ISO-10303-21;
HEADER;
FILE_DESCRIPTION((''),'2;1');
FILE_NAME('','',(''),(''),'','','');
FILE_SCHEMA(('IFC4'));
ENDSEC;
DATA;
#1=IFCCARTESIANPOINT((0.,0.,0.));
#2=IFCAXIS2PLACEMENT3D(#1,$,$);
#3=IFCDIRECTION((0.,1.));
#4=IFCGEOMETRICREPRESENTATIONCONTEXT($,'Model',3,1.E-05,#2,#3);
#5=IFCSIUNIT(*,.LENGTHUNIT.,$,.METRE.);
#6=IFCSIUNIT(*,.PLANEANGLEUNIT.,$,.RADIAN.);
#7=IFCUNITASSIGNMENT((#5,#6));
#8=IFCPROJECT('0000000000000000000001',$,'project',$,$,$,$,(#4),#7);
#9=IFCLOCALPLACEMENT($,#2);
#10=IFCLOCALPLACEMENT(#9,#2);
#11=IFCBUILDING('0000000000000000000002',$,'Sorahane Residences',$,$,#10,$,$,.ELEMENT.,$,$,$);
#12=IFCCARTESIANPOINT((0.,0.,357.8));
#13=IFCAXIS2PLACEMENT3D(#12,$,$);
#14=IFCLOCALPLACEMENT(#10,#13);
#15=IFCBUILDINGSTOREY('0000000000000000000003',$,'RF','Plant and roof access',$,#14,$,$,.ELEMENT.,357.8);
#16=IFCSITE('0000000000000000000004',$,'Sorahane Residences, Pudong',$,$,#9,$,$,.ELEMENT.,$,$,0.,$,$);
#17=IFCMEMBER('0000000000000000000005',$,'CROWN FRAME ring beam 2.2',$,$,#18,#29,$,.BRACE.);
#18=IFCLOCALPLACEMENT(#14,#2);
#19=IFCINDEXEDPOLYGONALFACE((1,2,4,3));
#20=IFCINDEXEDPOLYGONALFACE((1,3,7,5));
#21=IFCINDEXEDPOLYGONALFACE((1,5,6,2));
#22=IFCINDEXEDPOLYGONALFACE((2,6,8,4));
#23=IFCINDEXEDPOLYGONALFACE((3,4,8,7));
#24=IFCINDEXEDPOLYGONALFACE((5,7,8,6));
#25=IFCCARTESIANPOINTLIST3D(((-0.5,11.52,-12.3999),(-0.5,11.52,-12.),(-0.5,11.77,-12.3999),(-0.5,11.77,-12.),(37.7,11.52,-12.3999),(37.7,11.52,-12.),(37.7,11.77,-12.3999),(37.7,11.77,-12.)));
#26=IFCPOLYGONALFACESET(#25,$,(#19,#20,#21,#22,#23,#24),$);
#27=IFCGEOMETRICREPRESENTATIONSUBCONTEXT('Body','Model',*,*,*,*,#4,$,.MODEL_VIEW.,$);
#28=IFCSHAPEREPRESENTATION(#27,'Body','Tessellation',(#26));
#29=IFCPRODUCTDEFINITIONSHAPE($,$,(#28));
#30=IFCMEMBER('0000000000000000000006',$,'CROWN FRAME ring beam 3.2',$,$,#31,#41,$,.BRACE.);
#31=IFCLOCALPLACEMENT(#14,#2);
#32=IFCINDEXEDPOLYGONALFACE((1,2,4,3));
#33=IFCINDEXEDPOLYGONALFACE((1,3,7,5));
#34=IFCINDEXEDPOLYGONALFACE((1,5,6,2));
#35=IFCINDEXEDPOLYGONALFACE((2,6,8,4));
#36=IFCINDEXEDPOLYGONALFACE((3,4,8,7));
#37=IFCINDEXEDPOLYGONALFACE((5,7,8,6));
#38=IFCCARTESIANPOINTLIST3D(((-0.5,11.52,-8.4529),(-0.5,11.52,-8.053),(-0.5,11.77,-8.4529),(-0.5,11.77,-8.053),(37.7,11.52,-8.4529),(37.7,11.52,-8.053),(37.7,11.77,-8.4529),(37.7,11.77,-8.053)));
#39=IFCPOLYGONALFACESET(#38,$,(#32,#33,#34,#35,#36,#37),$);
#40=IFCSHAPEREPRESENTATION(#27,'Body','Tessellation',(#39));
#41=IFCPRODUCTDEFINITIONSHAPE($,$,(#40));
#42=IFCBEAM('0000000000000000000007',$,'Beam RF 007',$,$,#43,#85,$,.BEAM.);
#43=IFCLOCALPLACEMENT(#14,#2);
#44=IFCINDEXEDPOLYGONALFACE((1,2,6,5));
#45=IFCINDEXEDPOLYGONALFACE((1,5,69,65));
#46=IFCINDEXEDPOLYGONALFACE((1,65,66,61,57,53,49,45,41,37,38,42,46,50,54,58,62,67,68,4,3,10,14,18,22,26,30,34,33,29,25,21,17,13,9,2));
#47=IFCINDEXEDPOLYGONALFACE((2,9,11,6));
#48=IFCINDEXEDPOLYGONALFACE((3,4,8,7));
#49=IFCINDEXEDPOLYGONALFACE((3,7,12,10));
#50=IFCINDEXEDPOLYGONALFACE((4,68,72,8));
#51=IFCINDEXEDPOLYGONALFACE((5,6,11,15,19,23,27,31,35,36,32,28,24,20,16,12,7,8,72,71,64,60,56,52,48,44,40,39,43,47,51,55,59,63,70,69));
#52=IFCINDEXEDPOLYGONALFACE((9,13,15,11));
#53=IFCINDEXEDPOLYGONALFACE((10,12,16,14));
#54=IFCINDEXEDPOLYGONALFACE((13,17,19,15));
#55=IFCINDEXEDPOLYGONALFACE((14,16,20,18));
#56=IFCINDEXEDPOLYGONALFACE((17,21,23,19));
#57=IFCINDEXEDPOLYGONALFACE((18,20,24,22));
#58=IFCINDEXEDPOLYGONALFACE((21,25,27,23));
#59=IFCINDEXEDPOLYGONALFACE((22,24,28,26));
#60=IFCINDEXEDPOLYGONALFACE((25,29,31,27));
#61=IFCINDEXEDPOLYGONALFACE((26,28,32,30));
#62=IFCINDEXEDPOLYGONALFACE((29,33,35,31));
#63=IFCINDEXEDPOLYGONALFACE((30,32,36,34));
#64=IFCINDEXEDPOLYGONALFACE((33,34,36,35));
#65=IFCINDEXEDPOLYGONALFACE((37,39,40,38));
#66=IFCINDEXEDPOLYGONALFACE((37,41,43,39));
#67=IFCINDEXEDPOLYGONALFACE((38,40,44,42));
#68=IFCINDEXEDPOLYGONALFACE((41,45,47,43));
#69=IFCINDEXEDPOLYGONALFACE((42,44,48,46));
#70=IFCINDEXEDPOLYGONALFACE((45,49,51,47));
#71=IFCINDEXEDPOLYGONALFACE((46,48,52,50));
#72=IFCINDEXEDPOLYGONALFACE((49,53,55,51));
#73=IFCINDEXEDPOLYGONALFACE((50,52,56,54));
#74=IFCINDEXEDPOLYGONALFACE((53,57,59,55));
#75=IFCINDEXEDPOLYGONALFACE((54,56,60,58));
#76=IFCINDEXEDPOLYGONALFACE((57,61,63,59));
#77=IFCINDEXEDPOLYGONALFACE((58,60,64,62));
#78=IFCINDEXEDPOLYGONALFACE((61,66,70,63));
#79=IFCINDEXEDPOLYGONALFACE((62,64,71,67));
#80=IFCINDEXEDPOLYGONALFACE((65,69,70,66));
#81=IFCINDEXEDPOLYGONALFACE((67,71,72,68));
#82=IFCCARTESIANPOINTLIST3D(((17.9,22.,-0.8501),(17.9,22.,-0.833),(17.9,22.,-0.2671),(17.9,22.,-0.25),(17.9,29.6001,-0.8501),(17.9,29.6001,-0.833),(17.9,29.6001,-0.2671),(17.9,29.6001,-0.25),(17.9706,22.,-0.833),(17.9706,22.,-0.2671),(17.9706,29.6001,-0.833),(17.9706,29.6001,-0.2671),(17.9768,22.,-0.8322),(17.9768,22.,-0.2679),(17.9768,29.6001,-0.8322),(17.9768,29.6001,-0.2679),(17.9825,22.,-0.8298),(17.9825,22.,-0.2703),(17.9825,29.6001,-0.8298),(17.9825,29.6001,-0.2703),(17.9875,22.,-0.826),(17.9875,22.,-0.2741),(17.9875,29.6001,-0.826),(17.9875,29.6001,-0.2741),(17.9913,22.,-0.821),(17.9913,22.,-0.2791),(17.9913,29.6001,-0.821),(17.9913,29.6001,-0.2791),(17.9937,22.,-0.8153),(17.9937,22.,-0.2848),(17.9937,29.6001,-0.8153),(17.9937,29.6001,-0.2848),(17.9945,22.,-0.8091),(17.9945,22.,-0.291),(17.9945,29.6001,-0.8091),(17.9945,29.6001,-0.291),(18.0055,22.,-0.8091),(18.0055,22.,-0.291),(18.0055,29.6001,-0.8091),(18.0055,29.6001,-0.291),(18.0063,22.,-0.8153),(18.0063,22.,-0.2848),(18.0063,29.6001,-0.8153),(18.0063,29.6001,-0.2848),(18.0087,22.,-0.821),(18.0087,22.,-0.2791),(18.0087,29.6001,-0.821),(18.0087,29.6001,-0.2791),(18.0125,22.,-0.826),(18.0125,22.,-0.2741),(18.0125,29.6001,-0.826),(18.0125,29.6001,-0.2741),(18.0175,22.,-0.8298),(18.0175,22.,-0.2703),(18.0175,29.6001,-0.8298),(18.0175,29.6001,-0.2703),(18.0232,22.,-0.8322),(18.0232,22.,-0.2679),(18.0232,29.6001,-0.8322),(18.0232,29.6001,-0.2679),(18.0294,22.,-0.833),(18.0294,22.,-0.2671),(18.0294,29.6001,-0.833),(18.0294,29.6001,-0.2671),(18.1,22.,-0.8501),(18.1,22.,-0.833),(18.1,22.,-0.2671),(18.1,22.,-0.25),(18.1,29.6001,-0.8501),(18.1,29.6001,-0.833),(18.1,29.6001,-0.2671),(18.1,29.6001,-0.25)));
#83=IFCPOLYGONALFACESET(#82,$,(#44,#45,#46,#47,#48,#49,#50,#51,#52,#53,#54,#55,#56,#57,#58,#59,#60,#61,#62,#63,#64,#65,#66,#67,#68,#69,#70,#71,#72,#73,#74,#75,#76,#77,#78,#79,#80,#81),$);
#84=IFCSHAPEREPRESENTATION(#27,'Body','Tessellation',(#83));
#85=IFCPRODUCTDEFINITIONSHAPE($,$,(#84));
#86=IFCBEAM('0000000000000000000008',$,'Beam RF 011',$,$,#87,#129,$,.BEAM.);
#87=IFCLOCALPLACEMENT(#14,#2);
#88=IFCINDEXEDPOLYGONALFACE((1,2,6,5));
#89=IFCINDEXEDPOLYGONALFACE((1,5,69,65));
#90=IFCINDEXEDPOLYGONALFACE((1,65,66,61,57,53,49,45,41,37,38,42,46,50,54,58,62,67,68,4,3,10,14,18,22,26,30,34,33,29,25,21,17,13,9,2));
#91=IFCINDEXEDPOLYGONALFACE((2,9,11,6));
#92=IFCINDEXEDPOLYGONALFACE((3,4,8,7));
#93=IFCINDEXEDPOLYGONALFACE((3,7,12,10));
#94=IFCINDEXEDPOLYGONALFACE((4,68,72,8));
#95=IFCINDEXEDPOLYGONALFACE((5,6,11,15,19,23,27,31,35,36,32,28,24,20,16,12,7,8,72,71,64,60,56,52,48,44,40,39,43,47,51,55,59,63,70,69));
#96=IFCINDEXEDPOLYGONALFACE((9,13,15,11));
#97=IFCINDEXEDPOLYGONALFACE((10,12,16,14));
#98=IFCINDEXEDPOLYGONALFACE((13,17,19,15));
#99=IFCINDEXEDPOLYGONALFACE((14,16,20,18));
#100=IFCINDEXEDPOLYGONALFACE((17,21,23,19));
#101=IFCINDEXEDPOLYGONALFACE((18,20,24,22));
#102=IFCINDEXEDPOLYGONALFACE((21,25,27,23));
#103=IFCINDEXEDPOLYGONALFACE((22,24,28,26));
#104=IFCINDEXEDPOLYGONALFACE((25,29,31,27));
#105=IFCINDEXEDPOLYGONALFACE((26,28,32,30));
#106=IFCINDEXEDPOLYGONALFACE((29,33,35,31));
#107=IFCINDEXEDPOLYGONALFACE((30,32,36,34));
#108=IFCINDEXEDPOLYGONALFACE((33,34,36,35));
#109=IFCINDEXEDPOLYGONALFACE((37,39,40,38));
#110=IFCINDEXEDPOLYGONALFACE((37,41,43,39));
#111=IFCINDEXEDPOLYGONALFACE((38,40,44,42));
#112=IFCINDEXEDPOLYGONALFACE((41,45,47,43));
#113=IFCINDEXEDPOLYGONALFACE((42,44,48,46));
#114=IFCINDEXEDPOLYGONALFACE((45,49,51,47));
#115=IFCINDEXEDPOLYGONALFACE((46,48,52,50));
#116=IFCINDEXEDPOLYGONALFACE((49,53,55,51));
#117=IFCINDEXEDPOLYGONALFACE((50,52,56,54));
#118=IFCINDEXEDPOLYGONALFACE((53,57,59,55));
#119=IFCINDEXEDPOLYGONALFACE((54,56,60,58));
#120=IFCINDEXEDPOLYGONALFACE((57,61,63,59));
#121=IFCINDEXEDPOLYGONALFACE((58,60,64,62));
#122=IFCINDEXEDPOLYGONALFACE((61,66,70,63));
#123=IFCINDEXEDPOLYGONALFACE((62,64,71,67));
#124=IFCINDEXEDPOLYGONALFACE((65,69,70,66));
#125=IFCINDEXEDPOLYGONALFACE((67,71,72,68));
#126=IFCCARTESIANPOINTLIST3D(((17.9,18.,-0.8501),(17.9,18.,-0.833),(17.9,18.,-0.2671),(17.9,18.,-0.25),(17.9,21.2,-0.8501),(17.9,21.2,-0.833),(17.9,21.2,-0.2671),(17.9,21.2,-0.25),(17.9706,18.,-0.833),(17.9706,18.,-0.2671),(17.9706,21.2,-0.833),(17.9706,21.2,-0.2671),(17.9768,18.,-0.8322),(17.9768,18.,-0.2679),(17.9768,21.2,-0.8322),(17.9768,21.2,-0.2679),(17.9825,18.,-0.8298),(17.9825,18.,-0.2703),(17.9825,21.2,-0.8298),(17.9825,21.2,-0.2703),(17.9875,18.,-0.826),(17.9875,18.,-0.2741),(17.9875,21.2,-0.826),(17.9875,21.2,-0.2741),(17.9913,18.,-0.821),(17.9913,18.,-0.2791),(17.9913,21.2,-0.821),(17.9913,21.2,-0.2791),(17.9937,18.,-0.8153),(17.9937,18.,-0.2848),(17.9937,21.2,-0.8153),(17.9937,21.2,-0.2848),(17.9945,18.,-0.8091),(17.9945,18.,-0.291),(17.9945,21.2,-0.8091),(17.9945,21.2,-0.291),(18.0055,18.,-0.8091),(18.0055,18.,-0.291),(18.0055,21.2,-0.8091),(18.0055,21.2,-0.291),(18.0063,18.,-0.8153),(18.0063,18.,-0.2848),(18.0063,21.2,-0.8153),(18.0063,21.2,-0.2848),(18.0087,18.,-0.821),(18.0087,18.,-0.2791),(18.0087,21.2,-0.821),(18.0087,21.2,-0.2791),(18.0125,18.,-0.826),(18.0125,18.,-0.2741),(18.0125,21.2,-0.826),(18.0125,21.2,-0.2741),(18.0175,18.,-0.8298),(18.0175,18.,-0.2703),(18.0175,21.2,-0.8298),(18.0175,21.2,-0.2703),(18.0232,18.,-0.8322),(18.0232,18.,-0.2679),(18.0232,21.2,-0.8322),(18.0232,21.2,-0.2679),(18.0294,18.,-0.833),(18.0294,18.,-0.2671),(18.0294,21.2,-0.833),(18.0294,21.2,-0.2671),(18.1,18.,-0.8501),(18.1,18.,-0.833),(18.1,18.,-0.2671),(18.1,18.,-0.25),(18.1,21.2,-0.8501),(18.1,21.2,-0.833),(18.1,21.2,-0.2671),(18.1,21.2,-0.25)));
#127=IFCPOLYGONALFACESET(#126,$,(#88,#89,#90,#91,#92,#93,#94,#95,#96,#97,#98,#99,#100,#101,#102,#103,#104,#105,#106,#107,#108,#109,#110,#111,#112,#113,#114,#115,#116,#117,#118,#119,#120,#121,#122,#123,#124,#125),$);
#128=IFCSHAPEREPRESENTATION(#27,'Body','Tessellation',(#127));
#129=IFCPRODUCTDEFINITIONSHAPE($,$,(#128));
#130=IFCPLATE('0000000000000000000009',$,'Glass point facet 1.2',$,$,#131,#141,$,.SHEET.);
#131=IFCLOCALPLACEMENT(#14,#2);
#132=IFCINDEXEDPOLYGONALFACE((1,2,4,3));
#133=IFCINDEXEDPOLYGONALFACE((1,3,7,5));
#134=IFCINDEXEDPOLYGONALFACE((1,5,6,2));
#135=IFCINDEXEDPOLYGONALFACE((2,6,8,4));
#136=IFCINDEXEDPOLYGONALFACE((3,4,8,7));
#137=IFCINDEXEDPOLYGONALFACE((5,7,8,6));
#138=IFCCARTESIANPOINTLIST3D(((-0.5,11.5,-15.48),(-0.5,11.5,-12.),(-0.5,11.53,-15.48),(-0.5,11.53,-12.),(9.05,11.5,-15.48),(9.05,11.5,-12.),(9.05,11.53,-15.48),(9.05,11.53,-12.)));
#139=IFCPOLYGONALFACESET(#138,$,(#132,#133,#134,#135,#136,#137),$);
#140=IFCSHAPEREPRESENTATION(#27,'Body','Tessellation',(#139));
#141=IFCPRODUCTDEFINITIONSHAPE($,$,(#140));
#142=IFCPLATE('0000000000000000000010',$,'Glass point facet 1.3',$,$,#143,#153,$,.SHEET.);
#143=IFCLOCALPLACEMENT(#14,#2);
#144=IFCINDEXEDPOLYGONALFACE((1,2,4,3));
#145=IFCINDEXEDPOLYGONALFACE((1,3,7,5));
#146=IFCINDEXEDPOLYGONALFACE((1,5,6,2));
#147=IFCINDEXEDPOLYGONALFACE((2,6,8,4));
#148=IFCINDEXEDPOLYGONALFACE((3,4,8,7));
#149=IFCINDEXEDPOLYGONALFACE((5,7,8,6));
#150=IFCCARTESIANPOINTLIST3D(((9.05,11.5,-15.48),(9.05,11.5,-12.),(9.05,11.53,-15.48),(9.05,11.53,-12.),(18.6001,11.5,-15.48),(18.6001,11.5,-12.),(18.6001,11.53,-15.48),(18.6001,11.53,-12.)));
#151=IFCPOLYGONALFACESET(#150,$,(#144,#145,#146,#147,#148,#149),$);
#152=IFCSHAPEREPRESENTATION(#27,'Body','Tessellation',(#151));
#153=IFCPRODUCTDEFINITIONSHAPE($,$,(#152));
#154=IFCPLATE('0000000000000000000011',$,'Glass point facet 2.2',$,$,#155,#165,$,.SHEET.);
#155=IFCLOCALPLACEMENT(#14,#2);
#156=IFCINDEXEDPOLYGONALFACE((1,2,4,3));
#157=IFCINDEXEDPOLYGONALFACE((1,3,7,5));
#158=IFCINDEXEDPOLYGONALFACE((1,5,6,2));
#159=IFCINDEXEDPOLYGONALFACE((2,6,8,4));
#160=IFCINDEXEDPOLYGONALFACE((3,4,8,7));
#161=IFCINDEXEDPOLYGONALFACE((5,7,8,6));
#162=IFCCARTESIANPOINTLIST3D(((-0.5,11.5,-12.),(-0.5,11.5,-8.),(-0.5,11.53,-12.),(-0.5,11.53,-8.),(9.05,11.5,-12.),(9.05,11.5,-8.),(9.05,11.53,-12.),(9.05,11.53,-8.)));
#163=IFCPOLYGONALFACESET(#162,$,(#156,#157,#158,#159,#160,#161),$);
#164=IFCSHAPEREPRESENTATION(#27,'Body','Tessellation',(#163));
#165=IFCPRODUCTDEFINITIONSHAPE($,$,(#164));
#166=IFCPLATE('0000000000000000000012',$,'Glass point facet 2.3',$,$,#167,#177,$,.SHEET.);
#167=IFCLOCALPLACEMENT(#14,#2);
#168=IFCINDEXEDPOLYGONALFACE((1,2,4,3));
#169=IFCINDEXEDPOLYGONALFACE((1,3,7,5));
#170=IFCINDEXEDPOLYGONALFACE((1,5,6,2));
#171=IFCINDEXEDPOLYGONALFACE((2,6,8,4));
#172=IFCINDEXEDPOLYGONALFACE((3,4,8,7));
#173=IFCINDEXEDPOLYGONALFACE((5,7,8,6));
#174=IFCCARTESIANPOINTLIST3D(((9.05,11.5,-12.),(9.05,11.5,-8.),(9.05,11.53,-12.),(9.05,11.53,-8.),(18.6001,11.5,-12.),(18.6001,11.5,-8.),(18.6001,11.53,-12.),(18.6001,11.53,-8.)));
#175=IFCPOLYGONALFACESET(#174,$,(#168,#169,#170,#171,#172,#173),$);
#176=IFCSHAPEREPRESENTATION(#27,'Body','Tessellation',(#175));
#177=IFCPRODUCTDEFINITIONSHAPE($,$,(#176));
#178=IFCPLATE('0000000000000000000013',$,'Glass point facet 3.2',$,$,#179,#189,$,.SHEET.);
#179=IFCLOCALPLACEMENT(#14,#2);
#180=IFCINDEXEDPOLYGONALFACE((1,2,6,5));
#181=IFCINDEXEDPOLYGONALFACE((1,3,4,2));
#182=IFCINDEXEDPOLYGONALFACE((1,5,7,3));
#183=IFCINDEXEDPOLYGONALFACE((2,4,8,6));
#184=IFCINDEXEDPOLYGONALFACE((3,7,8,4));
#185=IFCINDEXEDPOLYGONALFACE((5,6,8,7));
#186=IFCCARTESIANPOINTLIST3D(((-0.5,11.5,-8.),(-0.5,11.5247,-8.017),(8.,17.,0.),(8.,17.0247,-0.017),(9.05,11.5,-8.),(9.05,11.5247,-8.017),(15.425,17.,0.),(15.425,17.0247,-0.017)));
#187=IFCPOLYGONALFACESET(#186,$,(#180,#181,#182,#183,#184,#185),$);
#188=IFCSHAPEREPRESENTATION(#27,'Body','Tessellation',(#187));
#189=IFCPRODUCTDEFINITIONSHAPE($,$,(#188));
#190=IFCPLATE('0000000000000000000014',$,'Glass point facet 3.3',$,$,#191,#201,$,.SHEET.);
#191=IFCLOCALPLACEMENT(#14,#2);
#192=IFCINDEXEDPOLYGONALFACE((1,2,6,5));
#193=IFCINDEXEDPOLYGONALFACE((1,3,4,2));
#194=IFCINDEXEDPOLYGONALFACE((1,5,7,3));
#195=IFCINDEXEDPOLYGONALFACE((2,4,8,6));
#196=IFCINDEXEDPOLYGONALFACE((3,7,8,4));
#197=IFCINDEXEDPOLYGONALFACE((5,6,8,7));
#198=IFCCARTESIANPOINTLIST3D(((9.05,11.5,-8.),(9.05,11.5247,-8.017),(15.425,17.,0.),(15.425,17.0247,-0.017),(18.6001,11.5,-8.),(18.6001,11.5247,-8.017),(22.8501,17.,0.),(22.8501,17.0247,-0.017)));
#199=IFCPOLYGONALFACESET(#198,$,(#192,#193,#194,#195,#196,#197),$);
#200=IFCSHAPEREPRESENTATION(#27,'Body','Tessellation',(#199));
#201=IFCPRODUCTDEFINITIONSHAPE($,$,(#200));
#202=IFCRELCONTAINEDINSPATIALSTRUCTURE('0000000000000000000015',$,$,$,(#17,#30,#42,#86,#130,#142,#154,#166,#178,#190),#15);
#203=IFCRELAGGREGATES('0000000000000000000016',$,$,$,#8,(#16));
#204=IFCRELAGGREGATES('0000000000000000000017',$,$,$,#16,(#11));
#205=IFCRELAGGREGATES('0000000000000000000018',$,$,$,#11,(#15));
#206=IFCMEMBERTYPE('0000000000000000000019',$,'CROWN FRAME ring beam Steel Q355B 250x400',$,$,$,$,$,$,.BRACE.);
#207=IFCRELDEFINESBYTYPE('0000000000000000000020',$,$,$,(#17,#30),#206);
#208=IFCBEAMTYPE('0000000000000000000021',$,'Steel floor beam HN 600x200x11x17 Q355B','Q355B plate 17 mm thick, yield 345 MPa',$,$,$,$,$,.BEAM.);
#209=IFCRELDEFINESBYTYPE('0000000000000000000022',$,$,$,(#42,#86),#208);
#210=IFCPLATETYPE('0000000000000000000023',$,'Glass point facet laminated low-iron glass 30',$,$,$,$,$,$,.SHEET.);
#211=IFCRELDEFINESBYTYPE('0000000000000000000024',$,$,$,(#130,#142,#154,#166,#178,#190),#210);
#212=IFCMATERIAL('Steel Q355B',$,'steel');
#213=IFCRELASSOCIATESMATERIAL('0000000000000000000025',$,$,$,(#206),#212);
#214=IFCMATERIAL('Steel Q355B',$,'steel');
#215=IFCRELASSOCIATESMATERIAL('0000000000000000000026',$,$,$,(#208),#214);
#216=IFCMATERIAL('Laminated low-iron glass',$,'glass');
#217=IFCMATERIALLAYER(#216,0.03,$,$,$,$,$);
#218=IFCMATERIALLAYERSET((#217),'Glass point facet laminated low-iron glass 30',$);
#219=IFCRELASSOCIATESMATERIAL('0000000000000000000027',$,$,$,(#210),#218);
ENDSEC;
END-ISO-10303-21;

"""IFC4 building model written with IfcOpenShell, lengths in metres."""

from ifc_helpers import new_model, si_unit, direction, frame, origin, origin_2d, place, context, subcontext, project, spatial, polyline, rectangle, i_section, outline, extrude, material, layer, layer_set, material_profile, profile_set, type_object, element, save


model = new_model("IFC4")

# Units and contexts
model_context = context("Model", 3, precision=1e-05, world=origin(), true_north=direction((0.0, 1.0)))
body_context = subcontext(model_context, "Body", "Model", "MODEL_VIEW")
ifc_project = project(units=[si_unit("LENGTHUNIT", "METRE"), si_unit("PLANEANGLEUNIT", "RADIAN")], contexts=[model_context])

# Site, building, storey
site_placement = place(None, origin())
site = spatial("IfcSite", under=ifc_project, at=site_placement, Name="Sorahane Residences, Pudong", CompositionType="ELEMENT", RefElevation=0.0)
building_placement = place(site_placement, origin())
building = spatial("IfcBuilding", under=site, at=building_placement, Name="Sorahane Residences", CompositionType="ELEMENT")
storey_placement = place(building_placement, frame((0.0, 0.0, 357.8)))
storey = spatial("IfcBuildingStorey", under=building, at=storey_placement, Name="RF", Description="Plant and roof access", CompositionType="ELEMENT", Elevation=357.8)

# Members
ifc_material_1 = material(Name="Steel Q355B", Category="steel")
ifc_material_profile_1 = material_profile(ifc_material_1, rectangle(XDim=0.25, YDim=0.3999, at=origin_2d()), Name="CROWN FRAME ring beam Steel Q355B 250x400")
ifc_profile_set_1 = profile_set([ifc_material_profile_1], Name="Steel Q355B")
member_type_1 = type_object("IfcMemberType", Name="CROWN FRAME ring beam Steel Q355B 250x400", PredefinedType="BRACE", material=ifc_profile_set_1)
for number, where, z_axis, x_axis, name in (
    (1, (-0.5, 11.645, -12.2), (1.0, 0.0, 0.0), (0.0, 1.0, 0.0), "CROWN FRAME ring beam 2.2"),
    (2, (-0.5, 11.645, -8.2529), (1.0, 0.0, 0.0), (0.0, 1.0, 0.0), "CROWN FRAME ring beam 3.2"),
):
    element("IfcMember", number, at=place(storey_placement, frame(where, z_axis=z_axis, x_axis=x_axis)), inside=storey, type_object=member_type_1, Name=name, PredefinedType="BRACE", context=body_context, shape_type="SweptSolid", body=[
        extrude(rectangle(XDim=0.25, YDim=0.3999, at=origin_2d()), origin(), (0.0, 0.0, 1.0), 38.2),
    ])

# Beams
ifc_material_2 = material(Name="Steel Q355B", Category="steel")
ifc_material_profile_2 = material_profile(ifc_material_2, i_section(OverallWidth=0.2, OverallDepth=0.6001, WebThickness=0.011, FlangeThickness=0.0171, FilletRadius=0.0239, at=origin_2d()), Name="HN 600x200x11x17")
ifc_profile_set_2 = profile_set([ifc_material_profile_2], Name="Steel Q355B")
beam_type = type_object("IfcBeamType", Name="Steel floor beam HN 600x200x11x17 Q355B", Description="Q355B plate 17 mm thick, yield 345 MPa", PredefinedType="BEAM", material=ifc_profile_set_2)
beam_1_placement = place(storey_placement, frame((18.0, 22.0, -0.55), z_axis=(0.0, 1.0, 0.0), x_axis=(-1.0, 0.0, 0.0)))
element("IfcBeam", 3, at=beam_1_placement, inside=storey, type_object=beam_type, Name="Beam RF 007", PredefinedType="BEAM", context=body_context, shape_type="SweptSolid", body=[
    extrude(i_section(OverallWidth=0.2, OverallDepth=0.6001, WebThickness=0.011, FlangeThickness=0.0171, FilletRadius=0.0239, at=origin_2d()), origin(), (0.0, 0.0, 1.0), 7.6001),
])
beam_2_placement = place(storey_placement, frame((18.0, 18.0, -0.55), z_axis=(0.0, 1.0, 0.0), x_axis=(-1.0, 0.0, 0.0)))
element("IfcBeam", 4, at=beam_2_placement, inside=storey, type_object=beam_type, Name="Beam RF 011", PredefinedType="BEAM", context=body_context, shape_type="SweptSolid", body=[
    extrude(i_section(OverallWidth=0.2, OverallDepth=0.6001, WebThickness=0.011, FlangeThickness=0.0171, FilletRadius=0.0239, at=origin_2d()), origin(), (0.0, 0.0, 1.0), 3.2),
])

# Plates
ifc_material_3 = material(Name="Laminated low-iron glass", Category="glass")
ifc_layer = layer(ifc_material_3, 0.03)
ifc_layer_set = layer_set([ifc_layer], Name="Glass point facet laminated low-iron glass 30")
plate_type = type_object("IfcPlateType", Name="Glass point facet laminated low-iron glass 30", PredefinedType="SHEET", material=ifc_layer_set)
for number, where, z_axis, x_axis, name in (
    (5, (-0.5, 11.5, -15.48), (0.0, -1.0, 0.0), (1.0, 0.0, 0.0), "Glass point facet 1.2"),
    (6, (9.05, 11.5, -15.48), (0.0, -1.0, 0.0), (1.0, 0.0, 0.0), "Glass point facet 1.3"),
):
    element("IfcPlate", number, at=place(storey_placement, frame(where, z_axis=z_axis, x_axis=x_axis)), inside=storey, type_object=plate_type, Name=name, PredefinedType="SHEET", context=body_context, shape_type="SweptSolid", body=[
        extrude(outline(polyline([(0.0, 0.0), (9.55, 0.0), (9.55, 3.48), (0.0, 3.48), (0.0, 0.0)])), origin(), (0.0, 0.0, -1.0), 0.03),
    ])
for number, where, z_axis, x_axis, name in (
    (7, (-0.5, 11.5, -12.0), (0.0, -1.0, 0.0), (1.0, 0.0, 0.0), "Glass point facet 2.2"),
    (8, (9.05, 11.5, -12.0), (0.0, -1.0, 0.0), (1.0, 0.0, 0.0), "Glass point facet 2.3"),
):
    element("IfcPlate", number, at=place(storey_placement, frame(where, z_axis=z_axis, x_axis=x_axis)), inside=storey, type_object=plate_type, Name=name, PredefinedType="SHEET", context=body_context, shape_type="SweptSolid", body=[
        extrude(outline(polyline([(0.0, 0.0), (9.55, 0.0), (9.55, 4.0), (0.0, 4.0), (0.0, 0.0)])), origin(), (0.0, 0.0, -1.0), 0.03),
    ])
plate_1_placement = place(storey_placement, frame((-0.5, 11.5, -8.0), z_axis=(0.0, -0.824042, 0.566529), x_axis=(1.0, 0.0, 0.0)))
element("IfcPlate", 9, at=plate_1_placement, inside=storey, type_object=plate_type, Name="Glass point facet 3.2", PredefinedType="SHEET", context=body_context, shape_type="SweptSolid", body=[
    extrude(outline(polyline([(0.0, 0.0), (9.55, 0.0), (15.925, 9.7082), (8.5, 9.7082), (0.0, 0.0)])), origin(), (0.0, 0.0, -1.0), 0.03),
])
plate_2_placement = place(storey_placement, frame((9.05, 11.5, -8.0), z_axis=(0.0, -0.824042, 0.566529), x_axis=(1.0, 0.0, 0.0)))
element("IfcPlate", 10, at=plate_2_placement, inside=storey, type_object=plate_type, Name="Glass point facet 3.3", PredefinedType="SHEET", context=body_context, shape_type="SweptSolid", body=[
    extrude(outline(polyline([(0.0, 0.0), (9.55, 0.0), (13.8, 9.7082), (6.375, 9.7082), (0.0, 0.0)])), origin(), (0.0, 0.0, -1.0), 0.03),
])

save(model, "model.ifc")
